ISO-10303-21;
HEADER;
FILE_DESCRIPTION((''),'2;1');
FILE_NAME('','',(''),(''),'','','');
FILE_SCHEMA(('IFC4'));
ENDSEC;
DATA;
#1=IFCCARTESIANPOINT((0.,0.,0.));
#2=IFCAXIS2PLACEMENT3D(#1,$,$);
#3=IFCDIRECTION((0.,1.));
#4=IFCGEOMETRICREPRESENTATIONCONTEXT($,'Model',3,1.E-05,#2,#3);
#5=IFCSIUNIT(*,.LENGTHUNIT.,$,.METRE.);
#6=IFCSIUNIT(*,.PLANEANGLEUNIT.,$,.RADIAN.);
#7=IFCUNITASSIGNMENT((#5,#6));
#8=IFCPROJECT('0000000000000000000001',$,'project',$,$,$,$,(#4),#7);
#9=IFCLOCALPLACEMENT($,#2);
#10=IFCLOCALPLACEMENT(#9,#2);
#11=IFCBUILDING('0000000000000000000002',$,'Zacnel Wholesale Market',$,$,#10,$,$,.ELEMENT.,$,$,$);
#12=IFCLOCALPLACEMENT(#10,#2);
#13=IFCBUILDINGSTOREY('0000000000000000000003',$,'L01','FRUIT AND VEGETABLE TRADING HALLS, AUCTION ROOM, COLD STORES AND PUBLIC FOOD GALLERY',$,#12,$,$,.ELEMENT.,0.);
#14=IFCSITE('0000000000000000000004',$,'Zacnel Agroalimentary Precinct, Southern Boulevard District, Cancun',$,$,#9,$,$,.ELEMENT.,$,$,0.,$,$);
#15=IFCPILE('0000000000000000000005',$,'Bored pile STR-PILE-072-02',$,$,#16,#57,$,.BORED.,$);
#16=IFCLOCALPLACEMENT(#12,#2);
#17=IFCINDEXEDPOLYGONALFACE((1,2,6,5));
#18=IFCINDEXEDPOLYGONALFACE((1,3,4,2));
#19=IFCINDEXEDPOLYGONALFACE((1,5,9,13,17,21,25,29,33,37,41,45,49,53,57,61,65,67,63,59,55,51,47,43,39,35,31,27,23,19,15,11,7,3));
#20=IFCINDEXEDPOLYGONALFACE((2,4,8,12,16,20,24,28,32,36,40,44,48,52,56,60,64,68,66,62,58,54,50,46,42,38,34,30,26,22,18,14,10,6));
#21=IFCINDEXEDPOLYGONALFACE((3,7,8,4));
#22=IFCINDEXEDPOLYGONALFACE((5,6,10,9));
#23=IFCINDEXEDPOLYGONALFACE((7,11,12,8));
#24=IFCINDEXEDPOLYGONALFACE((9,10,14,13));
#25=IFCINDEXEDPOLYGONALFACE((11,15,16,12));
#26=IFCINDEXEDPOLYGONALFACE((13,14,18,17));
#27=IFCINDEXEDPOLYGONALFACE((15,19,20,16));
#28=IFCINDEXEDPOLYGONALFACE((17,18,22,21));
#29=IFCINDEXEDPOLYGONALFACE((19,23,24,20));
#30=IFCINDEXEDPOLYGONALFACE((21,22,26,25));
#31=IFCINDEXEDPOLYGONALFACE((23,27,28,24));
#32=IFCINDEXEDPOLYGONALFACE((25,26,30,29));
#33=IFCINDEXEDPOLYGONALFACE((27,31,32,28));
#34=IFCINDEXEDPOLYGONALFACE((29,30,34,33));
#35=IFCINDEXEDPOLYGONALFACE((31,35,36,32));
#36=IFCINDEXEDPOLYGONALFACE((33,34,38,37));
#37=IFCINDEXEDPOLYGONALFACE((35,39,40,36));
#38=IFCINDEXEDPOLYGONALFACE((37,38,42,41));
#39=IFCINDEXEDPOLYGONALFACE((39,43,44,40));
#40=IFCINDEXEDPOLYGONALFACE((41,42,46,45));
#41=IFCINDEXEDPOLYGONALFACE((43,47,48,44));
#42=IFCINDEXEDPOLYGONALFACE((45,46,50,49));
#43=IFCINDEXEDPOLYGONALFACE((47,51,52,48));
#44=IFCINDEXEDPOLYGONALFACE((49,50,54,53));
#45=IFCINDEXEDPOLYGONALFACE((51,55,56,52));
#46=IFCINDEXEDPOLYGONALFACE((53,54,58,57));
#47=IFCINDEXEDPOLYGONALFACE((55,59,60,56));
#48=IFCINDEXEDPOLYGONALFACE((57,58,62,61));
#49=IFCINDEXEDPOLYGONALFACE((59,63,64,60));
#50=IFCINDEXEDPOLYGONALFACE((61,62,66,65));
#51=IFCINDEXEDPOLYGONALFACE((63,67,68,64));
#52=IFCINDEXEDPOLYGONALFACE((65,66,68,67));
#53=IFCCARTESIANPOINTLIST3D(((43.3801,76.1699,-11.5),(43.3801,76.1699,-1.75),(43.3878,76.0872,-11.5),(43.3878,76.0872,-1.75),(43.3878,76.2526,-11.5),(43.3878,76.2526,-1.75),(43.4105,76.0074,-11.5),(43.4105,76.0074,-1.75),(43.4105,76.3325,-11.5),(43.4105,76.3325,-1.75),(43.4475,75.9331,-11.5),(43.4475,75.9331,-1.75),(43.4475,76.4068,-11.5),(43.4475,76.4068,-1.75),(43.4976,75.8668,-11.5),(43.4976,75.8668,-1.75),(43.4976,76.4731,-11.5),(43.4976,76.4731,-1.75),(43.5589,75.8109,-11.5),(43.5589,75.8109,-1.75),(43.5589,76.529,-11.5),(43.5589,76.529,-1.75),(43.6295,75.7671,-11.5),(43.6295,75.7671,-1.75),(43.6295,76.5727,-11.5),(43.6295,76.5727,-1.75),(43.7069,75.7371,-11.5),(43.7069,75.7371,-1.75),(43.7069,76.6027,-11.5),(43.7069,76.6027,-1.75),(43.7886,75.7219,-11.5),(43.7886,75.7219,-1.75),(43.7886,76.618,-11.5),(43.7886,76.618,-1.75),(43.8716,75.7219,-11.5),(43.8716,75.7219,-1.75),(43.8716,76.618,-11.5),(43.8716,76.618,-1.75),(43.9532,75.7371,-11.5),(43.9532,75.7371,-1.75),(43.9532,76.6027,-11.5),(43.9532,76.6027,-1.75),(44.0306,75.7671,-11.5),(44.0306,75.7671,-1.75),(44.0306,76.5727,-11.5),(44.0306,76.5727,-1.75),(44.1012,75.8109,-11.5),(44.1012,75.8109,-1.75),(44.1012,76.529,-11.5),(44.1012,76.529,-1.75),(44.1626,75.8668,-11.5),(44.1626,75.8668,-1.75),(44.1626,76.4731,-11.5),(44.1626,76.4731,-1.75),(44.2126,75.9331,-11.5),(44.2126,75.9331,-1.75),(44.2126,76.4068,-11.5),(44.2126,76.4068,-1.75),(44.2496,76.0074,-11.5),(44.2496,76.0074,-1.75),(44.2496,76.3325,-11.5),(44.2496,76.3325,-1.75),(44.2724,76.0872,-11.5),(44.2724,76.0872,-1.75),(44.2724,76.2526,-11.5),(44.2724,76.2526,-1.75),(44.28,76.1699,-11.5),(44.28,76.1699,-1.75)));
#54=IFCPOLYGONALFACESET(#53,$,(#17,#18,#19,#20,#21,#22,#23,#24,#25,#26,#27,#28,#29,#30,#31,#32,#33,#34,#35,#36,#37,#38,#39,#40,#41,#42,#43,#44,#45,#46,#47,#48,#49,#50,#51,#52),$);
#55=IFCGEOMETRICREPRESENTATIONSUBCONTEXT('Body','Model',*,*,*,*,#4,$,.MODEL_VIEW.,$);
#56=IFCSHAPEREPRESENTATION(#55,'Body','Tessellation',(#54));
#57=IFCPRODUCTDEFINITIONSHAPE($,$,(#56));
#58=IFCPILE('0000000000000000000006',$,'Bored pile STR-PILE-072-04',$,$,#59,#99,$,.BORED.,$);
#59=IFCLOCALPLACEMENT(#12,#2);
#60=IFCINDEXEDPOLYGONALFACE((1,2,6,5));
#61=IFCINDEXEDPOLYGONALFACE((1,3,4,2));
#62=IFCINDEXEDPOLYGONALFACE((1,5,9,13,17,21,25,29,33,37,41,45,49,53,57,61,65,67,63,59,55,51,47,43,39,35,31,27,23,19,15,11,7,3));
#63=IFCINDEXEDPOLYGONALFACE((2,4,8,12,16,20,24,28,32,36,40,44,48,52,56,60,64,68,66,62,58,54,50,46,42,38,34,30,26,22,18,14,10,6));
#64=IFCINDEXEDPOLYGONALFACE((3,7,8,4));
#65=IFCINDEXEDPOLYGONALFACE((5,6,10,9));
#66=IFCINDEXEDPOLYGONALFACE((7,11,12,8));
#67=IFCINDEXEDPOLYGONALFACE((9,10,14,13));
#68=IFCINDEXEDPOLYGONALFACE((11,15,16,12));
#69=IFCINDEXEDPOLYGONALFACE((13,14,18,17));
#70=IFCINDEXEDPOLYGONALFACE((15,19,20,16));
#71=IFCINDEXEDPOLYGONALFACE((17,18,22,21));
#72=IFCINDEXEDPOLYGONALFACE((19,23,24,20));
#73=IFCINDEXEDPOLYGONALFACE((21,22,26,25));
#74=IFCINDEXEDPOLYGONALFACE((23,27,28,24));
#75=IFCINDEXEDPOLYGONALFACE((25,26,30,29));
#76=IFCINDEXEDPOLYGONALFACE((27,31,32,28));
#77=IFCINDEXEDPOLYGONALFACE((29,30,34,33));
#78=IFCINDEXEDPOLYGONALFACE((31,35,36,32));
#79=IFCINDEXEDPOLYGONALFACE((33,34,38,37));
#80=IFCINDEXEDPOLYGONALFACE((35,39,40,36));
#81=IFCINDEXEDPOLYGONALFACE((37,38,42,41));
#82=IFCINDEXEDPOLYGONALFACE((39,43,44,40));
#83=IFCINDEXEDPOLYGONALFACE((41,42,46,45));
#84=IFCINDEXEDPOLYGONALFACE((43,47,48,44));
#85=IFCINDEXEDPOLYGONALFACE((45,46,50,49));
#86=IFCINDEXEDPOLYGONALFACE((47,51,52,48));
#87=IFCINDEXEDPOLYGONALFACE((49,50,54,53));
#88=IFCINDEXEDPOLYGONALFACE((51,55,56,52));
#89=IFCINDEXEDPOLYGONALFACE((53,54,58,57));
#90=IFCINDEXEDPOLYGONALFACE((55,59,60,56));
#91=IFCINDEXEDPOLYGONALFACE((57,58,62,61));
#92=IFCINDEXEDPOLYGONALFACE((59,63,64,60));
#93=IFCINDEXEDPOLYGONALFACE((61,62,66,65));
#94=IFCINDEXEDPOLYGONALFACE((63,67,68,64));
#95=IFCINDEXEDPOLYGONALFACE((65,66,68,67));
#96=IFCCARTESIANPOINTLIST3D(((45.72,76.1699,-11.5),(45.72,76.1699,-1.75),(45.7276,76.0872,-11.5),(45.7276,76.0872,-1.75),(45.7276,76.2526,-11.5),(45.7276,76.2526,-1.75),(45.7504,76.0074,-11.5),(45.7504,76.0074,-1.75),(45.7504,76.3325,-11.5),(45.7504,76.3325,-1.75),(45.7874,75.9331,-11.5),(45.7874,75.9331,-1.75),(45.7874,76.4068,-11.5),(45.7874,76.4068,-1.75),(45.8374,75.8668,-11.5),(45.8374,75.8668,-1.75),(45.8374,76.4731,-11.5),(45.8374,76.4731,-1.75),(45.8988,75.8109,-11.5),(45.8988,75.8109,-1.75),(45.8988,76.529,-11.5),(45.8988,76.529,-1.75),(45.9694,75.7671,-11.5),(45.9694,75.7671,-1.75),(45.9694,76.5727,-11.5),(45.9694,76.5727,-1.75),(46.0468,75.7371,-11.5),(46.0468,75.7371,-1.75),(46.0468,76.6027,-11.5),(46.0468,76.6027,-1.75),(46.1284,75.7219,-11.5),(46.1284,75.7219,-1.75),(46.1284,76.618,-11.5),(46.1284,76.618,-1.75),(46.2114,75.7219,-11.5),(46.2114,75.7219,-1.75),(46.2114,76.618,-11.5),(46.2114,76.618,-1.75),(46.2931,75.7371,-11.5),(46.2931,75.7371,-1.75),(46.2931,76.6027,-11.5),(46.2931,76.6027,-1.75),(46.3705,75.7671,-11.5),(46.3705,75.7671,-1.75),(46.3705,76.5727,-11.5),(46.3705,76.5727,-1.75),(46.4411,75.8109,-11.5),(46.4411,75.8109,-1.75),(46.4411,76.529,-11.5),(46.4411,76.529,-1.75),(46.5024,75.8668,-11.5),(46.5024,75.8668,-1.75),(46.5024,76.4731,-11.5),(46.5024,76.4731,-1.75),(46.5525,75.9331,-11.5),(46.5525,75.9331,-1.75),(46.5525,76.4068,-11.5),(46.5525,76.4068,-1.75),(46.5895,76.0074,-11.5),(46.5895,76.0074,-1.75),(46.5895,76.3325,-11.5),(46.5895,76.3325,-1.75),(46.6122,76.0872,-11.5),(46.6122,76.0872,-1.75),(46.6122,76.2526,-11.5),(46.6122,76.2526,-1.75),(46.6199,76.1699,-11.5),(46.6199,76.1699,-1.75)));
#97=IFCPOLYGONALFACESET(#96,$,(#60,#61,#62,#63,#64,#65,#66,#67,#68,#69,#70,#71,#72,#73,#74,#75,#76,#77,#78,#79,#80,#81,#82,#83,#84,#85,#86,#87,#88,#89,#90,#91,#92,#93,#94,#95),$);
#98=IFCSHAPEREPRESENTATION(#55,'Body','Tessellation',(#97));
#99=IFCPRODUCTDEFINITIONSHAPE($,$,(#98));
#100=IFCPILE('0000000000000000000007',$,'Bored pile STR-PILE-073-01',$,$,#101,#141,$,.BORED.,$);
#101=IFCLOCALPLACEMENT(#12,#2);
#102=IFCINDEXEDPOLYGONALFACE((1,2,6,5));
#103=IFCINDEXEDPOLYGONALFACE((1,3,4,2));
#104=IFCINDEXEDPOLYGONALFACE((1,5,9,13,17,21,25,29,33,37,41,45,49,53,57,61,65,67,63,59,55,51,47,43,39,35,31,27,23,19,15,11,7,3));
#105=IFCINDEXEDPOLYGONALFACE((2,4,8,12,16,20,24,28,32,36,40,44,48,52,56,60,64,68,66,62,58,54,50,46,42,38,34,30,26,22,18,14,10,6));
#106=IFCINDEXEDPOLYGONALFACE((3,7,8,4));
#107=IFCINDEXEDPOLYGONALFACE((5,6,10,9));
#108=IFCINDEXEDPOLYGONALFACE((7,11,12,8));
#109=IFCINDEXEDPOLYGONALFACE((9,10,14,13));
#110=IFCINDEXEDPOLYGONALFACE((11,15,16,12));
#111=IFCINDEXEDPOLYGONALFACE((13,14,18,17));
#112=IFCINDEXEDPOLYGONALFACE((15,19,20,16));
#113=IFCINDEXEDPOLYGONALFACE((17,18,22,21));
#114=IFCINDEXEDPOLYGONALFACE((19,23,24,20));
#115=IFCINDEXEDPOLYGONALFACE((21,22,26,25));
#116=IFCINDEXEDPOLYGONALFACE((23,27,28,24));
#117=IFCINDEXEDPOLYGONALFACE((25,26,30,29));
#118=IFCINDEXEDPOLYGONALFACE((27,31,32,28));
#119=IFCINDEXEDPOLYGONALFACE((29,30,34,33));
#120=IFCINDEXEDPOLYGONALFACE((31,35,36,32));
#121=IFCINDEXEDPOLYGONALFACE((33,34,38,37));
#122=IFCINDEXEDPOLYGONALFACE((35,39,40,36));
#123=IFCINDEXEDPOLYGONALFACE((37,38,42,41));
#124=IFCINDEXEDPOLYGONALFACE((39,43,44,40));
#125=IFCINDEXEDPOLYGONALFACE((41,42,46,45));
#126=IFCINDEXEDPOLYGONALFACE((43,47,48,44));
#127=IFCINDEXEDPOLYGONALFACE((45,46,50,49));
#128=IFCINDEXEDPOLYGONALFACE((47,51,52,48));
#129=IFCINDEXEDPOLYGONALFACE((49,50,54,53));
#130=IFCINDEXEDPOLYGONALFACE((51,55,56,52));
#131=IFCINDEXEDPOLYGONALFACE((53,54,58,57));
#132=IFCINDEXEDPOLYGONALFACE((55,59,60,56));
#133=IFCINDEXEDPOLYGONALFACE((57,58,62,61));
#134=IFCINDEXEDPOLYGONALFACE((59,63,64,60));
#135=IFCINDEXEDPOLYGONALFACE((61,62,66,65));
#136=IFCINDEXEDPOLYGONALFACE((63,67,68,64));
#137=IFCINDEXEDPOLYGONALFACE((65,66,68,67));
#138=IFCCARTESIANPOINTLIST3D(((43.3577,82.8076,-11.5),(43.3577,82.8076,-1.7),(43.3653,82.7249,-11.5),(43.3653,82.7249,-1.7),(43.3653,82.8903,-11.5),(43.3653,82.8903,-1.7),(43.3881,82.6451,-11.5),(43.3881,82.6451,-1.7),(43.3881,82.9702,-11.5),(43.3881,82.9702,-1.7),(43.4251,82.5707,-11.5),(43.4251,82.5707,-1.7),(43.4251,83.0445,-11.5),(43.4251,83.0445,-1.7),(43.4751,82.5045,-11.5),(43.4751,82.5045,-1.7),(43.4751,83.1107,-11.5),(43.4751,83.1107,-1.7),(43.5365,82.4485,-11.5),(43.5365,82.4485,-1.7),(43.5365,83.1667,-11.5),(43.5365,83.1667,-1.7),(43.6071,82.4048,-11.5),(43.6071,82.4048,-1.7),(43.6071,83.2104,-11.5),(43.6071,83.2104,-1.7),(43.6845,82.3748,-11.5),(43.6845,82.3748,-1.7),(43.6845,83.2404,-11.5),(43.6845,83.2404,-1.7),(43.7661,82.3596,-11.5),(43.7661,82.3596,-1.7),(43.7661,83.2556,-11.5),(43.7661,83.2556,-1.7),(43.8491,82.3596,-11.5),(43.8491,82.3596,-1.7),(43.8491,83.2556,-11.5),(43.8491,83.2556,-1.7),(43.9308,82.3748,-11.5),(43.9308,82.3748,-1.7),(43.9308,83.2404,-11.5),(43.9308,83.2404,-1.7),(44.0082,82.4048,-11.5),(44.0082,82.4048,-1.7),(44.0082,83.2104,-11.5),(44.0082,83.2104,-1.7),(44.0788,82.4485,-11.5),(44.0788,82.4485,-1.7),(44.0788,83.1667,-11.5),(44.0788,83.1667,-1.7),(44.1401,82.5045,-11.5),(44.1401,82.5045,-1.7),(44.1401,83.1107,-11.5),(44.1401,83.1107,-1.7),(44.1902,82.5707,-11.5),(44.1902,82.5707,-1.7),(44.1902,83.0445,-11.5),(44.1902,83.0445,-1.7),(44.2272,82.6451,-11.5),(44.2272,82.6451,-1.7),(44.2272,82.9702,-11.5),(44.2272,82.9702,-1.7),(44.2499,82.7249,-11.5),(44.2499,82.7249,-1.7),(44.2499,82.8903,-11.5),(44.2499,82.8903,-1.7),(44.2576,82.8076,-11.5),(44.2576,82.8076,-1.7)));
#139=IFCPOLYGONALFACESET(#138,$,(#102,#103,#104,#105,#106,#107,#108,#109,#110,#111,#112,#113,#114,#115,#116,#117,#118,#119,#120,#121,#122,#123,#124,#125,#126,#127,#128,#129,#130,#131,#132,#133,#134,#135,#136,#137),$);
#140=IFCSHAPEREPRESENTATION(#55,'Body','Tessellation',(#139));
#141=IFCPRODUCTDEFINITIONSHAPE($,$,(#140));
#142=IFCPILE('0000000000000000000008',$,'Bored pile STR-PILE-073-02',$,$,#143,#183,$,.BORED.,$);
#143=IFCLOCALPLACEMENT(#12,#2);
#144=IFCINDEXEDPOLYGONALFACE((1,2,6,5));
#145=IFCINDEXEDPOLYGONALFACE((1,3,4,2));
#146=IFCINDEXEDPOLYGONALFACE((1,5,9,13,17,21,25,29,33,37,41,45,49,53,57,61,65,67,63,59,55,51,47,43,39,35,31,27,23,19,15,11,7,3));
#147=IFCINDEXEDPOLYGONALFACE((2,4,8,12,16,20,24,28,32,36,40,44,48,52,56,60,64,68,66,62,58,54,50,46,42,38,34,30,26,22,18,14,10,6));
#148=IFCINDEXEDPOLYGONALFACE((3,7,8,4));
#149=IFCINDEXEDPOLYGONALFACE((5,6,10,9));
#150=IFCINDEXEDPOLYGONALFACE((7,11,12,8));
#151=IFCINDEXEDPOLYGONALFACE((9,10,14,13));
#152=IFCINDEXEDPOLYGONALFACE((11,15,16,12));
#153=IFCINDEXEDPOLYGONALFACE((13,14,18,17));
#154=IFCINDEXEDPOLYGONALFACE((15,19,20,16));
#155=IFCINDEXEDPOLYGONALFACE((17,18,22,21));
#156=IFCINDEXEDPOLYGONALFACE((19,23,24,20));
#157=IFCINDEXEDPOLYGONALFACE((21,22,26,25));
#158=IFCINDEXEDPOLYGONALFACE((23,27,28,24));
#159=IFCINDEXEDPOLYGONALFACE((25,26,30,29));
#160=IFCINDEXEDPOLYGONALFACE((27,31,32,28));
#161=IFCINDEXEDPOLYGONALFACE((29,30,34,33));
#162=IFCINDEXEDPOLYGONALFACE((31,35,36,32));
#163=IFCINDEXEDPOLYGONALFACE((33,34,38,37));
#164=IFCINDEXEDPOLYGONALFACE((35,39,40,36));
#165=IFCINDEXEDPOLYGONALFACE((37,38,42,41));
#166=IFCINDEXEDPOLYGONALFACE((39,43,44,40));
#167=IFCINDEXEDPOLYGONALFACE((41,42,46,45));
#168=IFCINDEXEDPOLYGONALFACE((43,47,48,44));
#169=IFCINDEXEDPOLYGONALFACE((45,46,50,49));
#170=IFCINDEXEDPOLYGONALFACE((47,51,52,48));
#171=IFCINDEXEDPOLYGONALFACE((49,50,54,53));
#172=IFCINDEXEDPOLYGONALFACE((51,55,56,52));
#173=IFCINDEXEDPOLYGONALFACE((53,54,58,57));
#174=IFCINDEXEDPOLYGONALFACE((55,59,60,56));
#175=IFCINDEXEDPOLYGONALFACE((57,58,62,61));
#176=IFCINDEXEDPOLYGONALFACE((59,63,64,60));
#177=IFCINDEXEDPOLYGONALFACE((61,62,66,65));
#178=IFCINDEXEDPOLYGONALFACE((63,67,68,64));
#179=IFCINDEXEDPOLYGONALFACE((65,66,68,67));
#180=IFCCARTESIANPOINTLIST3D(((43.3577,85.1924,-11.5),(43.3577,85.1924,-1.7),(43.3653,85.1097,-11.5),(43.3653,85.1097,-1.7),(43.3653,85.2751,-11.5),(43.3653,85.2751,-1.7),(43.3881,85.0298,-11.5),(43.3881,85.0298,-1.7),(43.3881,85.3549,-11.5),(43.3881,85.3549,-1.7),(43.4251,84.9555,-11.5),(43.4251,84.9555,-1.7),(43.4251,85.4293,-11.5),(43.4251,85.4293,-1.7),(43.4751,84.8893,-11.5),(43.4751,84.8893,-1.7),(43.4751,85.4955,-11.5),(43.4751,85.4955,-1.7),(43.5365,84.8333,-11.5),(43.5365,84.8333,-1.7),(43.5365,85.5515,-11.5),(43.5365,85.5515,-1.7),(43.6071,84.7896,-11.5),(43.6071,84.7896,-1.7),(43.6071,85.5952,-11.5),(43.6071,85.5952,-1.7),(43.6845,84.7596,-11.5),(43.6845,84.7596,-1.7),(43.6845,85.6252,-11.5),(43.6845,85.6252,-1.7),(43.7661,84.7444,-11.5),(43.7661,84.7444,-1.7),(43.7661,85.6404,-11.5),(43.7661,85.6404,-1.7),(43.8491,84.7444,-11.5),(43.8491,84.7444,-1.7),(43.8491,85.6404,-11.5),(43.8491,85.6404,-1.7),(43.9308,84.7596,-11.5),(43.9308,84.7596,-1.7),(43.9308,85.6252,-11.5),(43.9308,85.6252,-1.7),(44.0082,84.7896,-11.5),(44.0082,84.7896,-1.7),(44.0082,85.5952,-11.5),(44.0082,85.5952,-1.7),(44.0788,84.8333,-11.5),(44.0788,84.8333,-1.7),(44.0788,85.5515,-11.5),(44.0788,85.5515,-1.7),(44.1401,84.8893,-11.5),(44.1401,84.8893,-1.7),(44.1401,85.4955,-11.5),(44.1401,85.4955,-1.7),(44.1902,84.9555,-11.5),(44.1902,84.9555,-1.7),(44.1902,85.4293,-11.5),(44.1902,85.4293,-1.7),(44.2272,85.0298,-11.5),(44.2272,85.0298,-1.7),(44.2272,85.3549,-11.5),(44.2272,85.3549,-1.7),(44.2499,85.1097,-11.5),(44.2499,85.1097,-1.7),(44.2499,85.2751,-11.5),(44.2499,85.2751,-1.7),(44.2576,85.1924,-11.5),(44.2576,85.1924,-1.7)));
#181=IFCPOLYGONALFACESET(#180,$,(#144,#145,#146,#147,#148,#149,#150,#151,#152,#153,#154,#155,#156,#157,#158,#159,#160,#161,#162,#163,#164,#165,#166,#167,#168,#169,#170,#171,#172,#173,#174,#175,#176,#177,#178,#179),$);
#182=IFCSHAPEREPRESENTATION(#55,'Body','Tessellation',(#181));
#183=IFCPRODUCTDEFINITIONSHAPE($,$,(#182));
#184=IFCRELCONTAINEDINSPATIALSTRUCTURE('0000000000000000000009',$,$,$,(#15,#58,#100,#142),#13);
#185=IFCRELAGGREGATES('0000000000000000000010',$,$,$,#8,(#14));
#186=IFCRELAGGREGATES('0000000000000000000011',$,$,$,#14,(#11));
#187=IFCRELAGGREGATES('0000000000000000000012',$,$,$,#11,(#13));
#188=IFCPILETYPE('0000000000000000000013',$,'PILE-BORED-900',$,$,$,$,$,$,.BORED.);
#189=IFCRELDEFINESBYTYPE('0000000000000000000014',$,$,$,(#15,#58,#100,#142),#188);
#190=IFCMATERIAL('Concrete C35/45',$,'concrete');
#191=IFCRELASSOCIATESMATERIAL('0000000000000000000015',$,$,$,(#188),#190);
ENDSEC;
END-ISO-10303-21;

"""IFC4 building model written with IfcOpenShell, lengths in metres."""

from ifc_helpers import new_model, si_unit, direction, frame, origin, origin_2d, place, context, subcontext, project, spatial, circle, extrude, material, material_profile, profile_set, type_object, element, save


model = new_model("IFC4")

# Units and contexts
model_context = context("Model", 3, precision=1e-05, world=origin(), true_north=direction((0.0, 1.0)))
body_context = subcontext(model_context, "Body", "Model", "MODEL_VIEW")
ifc_project = project(units=[si_unit("LENGTHUNIT", "METRE"), si_unit("PLANEANGLEUNIT", "RADIAN")], contexts=[model_context])

# Site, building, storey
site_placement = place(None, origin())
site = spatial("IfcSite", under=ifc_project, at=site_placement, Name="Zacnel Agroalimentary Precinct, Southern Boulevard District, Cancun", CompositionType="ELEMENT", RefElevation=0.0)
building_placement = place(site_placement, origin())
building = spatial("IfcBuilding", under=site, at=building_placement, Name="Zacnel Wholesale Market", CompositionType="ELEMENT")
storey_placement = place(building_placement, origin())
storey = spatial("IfcBuildingStorey", under=building, at=storey_placement, Name="L01", Description="FRUIT AND VEGETABLE TRADING HALLS, AUCTION ROOM, COLD STORES AND PUBLIC FOOD GALLERY", CompositionType="ELEMENT", Elevation=0.0)

# Piles
ifc_material_1 = material(Name="Concrete C35/45", Category="concrete")
ifc_material_profile_1 = material_profile(ifc_material_1, circle(Radius=0.45, at=origin_2d()), Name="BORED PILE D900")
ifc_profile_set_1 = profile_set([ifc_material_profile_1], Name="Concrete C35/45")
pile_type = type_object("IfcPileType", Name="PILE-BORED-900", PredefinedType="BORED", material=ifc_profile_set_1)
for number, where, z_axis, x_axis, name in (
    (1, (43.8301, 76.1699, -1.75), (0.0, 0.0, -1.0), (1.0, 0.0, 0.0), "Bored pile STR-PILE-072-02"),
    (2, (46.1699, 76.1699, -1.75), (0.0, 0.0, -1.0), (1.0, 0.0, 0.0), "Bored pile STR-PILE-072-04"),
):
    element("IfcPile", number, at=place(storey_placement, frame(where, z_axis=z_axis, x_axis=x_axis)), inside=storey, type_object=pile_type, Name=name, PredefinedType="BORED", context=body_context, shape_type="SweptSolid", body=[
        extrude(circle(Radius=0.45, at=origin_2d()), origin(), (0.0, 0.0, 1.0), 9.75),
    ])
for number, where, z_axis, x_axis, name in (
    (3, (43.8076, 82.8076, -1.7), (0.0, 0.0, -1.0), (1.0, 0.0, 0.0), "Bored pile STR-PILE-073-01"),
    (4, (43.8076, 85.1924, -1.7), (0.0, 0.0, -1.0), (1.0, 0.0, 0.0), "Bored pile STR-PILE-073-02"),
):
    element("IfcPile", number, at=place(storey_placement, frame(where, z_axis=z_axis, x_axis=x_axis)), inside=storey, type_object=pile_type, Name=name, PredefinedType="BORED", context=body_context, shape_type="SweptSolid", body=[
        extrude(circle(Radius=0.45, at=origin_2d()), origin(), (0.0, 0.0, 1.0), 9.8),
    ])

save(model, "model.ifc")
